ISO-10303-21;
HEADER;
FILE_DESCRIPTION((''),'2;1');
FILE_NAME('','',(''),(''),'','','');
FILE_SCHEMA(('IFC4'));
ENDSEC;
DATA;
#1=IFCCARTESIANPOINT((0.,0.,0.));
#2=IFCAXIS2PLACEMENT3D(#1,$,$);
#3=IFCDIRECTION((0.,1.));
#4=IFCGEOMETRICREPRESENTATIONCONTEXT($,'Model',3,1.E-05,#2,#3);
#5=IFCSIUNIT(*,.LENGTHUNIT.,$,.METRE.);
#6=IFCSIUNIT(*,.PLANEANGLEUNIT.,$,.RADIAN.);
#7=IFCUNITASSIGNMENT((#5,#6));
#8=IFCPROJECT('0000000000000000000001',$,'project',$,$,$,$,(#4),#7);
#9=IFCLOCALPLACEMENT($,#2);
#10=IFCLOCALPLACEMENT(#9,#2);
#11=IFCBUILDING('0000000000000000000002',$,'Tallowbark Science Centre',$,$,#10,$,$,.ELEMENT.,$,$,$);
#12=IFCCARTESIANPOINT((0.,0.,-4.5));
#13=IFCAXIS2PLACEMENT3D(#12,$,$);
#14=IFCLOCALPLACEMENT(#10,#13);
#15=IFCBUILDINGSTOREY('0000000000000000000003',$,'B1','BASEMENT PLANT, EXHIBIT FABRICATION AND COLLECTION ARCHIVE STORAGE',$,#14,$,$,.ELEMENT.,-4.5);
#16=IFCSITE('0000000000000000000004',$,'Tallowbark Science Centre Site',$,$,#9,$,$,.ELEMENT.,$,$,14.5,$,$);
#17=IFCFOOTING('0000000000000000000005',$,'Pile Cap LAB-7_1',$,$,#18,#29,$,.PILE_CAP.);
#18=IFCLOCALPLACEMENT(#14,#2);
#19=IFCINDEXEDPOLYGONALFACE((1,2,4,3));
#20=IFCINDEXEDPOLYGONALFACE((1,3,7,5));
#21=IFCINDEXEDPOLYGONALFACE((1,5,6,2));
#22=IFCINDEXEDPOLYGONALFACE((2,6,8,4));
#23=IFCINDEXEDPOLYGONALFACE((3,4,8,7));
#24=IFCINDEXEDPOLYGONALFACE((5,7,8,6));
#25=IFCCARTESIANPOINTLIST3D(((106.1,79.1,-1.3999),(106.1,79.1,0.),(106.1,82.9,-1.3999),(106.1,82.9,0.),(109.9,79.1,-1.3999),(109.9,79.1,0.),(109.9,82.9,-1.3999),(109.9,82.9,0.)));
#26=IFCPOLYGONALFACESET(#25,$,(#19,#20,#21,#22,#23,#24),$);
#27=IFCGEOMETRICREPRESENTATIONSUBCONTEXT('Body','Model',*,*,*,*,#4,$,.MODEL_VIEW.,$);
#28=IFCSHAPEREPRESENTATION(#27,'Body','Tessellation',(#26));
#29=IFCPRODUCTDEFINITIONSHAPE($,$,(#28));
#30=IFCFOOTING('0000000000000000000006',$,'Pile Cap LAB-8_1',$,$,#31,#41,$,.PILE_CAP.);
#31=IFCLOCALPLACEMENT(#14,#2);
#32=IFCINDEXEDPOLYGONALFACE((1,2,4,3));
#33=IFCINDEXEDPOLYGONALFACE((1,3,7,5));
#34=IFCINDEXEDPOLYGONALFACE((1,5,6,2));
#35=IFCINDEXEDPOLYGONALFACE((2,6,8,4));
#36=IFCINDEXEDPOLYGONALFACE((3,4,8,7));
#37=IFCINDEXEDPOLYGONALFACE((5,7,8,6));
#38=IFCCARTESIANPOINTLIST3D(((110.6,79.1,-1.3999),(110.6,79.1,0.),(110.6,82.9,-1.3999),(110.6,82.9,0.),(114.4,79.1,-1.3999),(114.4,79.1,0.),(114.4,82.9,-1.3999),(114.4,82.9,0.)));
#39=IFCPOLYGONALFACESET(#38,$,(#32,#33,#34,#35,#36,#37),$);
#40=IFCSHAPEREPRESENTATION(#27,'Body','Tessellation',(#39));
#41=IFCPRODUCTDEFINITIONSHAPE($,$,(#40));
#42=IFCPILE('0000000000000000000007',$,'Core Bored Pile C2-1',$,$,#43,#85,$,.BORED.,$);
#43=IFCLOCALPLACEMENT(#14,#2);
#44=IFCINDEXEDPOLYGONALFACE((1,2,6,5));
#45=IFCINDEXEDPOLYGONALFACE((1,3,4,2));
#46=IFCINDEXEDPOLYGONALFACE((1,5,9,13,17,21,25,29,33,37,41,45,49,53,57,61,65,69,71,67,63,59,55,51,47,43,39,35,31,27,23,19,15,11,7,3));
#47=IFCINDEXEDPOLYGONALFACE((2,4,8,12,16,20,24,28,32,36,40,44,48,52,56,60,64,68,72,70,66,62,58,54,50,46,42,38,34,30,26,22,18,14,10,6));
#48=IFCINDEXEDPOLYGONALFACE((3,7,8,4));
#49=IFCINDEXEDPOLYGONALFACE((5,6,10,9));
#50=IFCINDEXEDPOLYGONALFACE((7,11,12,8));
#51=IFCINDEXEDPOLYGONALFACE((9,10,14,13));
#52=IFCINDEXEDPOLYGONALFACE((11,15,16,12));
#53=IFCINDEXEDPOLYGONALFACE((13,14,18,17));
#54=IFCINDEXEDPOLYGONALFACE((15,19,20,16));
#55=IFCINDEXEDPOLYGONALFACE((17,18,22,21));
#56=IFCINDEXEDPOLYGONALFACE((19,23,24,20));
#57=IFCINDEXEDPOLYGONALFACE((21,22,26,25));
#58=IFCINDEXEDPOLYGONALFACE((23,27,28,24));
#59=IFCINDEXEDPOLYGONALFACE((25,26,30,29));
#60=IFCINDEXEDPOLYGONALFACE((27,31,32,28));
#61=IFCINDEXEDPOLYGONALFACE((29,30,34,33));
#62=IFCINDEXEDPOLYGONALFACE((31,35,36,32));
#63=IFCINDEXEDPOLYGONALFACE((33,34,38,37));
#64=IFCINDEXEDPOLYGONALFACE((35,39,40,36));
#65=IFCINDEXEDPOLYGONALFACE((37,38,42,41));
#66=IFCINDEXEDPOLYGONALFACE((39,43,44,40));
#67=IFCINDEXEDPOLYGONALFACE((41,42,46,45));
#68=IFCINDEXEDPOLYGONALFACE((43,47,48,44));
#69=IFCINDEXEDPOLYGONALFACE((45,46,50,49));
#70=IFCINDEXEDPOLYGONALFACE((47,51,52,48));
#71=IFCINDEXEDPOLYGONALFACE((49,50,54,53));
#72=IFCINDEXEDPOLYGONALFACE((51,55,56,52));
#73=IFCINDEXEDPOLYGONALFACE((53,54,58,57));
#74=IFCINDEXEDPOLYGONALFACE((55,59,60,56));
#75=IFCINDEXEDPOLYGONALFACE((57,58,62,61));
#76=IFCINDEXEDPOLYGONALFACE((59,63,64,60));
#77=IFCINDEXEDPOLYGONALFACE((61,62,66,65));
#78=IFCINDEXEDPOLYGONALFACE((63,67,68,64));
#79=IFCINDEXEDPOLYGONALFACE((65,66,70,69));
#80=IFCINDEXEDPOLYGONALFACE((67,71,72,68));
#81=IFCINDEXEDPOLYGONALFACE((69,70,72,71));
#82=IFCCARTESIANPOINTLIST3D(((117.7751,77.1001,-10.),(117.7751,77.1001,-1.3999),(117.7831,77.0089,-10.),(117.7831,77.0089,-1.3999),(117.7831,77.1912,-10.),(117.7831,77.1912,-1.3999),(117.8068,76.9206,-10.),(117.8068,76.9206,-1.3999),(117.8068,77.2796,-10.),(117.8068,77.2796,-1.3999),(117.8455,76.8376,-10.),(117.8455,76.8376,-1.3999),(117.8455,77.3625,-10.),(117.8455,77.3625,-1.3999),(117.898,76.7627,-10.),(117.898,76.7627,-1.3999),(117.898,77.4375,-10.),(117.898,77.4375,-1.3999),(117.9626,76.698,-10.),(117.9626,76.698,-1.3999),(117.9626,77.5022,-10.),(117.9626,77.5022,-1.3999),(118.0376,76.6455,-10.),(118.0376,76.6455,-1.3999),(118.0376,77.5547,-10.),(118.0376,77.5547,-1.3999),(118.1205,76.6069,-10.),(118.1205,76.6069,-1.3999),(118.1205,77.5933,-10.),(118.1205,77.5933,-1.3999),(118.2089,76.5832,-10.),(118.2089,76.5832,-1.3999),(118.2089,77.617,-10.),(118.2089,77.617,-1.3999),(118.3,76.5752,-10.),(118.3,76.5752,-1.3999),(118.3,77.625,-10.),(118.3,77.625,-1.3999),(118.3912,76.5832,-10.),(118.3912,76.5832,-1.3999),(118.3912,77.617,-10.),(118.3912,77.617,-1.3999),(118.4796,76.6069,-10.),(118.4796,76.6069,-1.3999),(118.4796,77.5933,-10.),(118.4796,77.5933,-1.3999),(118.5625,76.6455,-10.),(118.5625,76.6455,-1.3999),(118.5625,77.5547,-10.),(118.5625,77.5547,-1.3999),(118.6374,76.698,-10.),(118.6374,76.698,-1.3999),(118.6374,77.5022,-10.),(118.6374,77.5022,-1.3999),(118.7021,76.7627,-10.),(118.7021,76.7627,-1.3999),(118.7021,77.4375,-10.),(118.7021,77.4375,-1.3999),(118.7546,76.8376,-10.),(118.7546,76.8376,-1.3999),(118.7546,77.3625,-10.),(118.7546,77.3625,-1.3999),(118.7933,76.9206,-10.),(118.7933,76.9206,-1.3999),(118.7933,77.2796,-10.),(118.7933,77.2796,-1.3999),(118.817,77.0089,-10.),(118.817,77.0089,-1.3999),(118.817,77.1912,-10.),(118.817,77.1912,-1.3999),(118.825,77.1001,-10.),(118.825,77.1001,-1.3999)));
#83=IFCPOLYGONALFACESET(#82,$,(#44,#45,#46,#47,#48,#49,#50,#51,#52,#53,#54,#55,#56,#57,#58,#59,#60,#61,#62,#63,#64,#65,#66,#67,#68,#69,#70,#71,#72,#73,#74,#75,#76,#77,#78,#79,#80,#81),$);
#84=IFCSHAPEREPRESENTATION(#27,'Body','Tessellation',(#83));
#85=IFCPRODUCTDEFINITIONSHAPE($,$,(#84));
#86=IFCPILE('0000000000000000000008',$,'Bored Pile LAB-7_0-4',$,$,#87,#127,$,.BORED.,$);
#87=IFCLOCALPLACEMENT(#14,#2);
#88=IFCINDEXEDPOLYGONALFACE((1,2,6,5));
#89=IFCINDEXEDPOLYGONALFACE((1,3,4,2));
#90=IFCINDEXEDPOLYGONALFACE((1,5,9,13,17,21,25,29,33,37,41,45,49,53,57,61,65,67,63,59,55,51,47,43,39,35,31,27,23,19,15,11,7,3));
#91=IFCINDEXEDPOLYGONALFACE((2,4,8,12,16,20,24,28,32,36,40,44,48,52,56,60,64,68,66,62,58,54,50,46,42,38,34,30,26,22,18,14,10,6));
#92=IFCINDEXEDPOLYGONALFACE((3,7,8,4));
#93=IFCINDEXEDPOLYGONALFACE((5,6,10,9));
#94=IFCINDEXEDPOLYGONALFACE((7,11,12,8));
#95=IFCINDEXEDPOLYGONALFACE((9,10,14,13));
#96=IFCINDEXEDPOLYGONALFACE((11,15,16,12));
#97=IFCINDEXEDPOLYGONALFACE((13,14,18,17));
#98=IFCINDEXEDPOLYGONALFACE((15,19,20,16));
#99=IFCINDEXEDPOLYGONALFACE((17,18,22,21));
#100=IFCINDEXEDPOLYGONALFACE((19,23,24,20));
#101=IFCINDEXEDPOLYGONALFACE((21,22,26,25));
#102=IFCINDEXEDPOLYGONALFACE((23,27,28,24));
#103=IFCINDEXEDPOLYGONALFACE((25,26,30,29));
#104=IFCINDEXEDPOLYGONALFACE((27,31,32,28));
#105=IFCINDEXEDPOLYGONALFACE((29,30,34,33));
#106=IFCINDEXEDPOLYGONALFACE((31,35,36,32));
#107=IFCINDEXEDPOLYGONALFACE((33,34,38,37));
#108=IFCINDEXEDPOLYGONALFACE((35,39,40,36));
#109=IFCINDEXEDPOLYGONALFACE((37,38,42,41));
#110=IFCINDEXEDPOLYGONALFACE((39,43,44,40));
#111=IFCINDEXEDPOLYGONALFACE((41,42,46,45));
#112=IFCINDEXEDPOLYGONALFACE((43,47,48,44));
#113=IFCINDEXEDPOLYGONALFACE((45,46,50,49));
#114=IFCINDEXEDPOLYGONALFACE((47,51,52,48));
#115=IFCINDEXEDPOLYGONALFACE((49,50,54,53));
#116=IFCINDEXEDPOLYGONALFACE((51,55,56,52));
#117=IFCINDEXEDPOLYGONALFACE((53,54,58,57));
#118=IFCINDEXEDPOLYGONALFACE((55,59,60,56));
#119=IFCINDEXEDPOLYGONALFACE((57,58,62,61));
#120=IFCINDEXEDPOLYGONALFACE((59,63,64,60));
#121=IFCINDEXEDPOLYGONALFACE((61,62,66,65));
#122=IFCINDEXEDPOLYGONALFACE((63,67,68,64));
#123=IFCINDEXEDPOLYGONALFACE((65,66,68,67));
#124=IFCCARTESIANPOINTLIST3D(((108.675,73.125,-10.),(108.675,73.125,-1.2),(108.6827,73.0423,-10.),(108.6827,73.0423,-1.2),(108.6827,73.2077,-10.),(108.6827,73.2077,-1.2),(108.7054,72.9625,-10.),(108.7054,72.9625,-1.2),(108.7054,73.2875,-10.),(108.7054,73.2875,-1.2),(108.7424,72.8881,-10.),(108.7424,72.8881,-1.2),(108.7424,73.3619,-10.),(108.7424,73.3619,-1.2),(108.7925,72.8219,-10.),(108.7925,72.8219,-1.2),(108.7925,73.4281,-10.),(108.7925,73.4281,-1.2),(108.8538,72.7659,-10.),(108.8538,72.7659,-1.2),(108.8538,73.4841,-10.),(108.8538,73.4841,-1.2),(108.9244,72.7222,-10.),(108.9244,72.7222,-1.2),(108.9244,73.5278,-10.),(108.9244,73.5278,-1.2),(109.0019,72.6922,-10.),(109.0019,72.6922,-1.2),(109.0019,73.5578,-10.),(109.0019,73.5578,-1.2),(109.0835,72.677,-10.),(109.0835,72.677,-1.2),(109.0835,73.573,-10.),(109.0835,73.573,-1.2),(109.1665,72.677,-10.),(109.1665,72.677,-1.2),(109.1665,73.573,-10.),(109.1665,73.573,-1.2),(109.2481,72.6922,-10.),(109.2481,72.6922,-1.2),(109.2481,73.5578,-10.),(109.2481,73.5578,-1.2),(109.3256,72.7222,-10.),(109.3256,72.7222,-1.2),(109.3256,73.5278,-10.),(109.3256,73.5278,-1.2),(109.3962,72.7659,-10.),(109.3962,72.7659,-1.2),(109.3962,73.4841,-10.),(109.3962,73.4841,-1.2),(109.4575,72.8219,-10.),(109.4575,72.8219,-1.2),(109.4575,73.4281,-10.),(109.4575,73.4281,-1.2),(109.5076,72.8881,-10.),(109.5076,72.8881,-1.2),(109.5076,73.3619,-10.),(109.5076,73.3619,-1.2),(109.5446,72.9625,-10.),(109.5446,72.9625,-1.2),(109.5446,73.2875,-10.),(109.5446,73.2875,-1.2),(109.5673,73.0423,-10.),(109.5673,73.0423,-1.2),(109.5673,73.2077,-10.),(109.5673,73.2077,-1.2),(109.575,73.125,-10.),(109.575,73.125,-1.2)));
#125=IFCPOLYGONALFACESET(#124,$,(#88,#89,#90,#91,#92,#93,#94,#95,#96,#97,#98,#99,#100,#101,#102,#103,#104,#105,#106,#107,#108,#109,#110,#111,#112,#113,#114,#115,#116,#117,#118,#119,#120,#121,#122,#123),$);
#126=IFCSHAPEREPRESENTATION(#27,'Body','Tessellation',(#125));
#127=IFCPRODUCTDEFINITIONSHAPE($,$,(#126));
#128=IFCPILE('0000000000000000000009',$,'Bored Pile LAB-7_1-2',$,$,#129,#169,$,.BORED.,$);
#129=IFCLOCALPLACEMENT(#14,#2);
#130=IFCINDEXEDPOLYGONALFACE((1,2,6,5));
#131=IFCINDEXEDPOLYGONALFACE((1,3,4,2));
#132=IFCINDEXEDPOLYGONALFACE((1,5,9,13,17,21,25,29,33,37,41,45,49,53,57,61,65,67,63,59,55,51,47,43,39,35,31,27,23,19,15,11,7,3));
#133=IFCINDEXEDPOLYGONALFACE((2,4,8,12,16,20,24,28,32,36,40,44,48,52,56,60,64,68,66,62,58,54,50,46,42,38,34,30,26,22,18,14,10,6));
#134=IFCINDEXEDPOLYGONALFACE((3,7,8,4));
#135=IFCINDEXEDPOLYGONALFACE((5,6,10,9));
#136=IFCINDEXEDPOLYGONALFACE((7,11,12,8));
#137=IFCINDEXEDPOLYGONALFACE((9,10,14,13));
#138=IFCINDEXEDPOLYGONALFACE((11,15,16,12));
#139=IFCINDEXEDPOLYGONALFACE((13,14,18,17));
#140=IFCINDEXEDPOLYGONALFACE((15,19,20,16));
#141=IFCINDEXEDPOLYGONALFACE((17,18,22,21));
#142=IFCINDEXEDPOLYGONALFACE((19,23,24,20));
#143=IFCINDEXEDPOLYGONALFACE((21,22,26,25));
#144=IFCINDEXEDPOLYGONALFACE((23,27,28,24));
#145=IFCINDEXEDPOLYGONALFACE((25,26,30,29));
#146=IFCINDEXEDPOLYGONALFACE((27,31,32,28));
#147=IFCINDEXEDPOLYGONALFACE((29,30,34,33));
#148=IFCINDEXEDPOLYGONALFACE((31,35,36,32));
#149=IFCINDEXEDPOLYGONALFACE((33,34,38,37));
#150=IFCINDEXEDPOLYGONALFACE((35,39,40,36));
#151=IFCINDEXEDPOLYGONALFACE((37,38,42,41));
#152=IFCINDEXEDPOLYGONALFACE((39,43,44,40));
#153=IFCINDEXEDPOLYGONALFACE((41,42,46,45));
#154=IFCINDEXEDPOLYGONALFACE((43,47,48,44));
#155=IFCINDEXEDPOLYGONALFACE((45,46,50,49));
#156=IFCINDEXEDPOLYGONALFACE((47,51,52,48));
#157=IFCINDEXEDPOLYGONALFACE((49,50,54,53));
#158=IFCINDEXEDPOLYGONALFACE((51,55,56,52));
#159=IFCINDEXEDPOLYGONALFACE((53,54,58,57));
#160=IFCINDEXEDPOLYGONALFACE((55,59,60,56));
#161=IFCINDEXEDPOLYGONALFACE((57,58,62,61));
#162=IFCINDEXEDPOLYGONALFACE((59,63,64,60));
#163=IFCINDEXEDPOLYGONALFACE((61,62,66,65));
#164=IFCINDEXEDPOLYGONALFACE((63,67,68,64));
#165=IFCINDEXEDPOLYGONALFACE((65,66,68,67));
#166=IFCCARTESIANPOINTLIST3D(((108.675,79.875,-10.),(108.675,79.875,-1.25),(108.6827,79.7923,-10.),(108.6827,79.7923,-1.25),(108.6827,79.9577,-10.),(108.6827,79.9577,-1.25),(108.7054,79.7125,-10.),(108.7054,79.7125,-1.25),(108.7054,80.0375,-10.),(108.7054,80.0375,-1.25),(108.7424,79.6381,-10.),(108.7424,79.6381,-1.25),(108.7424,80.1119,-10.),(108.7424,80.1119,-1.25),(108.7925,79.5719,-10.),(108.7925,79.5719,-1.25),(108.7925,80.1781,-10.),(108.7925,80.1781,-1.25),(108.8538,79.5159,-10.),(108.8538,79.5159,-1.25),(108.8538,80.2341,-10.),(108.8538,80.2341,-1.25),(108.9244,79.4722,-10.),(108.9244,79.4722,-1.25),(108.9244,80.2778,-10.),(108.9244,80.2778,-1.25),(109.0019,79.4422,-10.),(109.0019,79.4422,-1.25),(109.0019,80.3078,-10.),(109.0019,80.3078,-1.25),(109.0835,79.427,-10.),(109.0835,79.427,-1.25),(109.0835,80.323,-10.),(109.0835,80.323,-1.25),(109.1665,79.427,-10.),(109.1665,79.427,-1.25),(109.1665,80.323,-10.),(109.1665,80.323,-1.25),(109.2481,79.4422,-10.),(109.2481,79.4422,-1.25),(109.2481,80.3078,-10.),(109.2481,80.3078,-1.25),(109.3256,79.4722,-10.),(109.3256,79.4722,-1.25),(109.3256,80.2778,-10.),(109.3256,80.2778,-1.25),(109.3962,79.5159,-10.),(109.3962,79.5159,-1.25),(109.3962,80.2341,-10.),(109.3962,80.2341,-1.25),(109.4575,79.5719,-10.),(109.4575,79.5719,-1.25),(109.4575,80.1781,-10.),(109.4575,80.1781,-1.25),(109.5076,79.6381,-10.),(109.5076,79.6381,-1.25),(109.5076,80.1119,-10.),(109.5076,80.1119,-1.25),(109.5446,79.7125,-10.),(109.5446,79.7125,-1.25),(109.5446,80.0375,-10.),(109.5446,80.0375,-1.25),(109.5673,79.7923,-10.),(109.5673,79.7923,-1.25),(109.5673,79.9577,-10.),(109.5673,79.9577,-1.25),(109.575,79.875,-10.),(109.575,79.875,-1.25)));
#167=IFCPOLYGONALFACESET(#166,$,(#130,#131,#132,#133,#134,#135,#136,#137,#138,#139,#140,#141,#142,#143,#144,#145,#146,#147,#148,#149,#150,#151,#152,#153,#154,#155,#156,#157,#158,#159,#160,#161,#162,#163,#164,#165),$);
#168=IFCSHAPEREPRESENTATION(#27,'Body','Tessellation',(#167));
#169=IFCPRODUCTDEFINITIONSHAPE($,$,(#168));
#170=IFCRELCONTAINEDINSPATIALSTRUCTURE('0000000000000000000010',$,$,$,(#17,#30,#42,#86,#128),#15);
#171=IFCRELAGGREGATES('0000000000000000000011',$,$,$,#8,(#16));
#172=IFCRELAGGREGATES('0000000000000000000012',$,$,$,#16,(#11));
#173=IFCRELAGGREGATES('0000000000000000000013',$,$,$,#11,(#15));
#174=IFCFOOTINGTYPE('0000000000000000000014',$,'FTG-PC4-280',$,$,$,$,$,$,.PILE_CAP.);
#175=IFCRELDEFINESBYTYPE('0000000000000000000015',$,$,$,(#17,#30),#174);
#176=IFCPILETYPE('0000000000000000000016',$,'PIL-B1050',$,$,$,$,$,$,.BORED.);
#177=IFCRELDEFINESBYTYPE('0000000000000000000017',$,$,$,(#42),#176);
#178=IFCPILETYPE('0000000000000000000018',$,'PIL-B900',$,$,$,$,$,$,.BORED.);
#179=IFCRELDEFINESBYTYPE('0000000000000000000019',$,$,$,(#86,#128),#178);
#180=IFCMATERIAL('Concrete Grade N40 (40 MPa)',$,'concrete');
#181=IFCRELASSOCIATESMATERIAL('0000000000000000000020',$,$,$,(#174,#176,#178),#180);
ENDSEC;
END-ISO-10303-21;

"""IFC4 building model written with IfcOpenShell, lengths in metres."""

from ifc_helpers import new_model, si_unit, direction, frame, origin, origin_2d, place, context, subcontext, project, spatial, rectangle, circle, extrude, material, material_profile, profile_set, type_object, element, save


model = new_model("IFC4")

# Units and contexts
model_context = context("Model", 3, precision=1e-05, world=origin(), true_north=direction((0.0, 1.0)))
body_context = subcontext(model_context, "Body", "Model", "MODEL_VIEW")
ifc_project = project(units=[si_unit("LENGTHUNIT", "METRE"), si_unit("PLANEANGLEUNIT", "RADIAN")], contexts=[model_context])

# Site, building, storey
site_placement = place(None, origin())
site = spatial("IfcSite", under=ifc_project, at=site_placement, Name="Tallowbark Science Centre Site", CompositionType="ELEMENT", RefElevation=14.5)
building_placement = place(site_placement, origin())
building = spatial("IfcBuilding", under=site, at=building_placement, Name="Tallowbark Science Centre", CompositionType="ELEMENT")
storey_placement = place(building_placement, frame((0.0, 0.0, -4.5)))
storey = spatial("IfcBuildingStorey", under=building, at=storey_placement, Name="B1", Description="BASEMENT PLANT, EXHIBIT FABRICATION AND COLLECTION ARCHIVE STORAGE", CompositionType="ELEMENT", Elevation=-4.5)

# Footings
ifc_material_1 = material(Name="Concrete Grade N40 (40 MPa)", Category="concrete")
footing_type = type_object("IfcFootingType", Name="FTG-PC4-280", PredefinedType="PILE_CAP", material=ifc_material_1)
for number, where, z_axis, x_axis, name in (
    (1, (108.0, 81.0, -1.3999), (0.0, 0.0, 1.0), (1.0, 0.0, 0.0), "Pile Cap LAB-7_1"),
    (2, (112.5, 81.0, -1.3999), (0.0, 0.0, 1.0), (1.0, 0.0, 0.0), "Pile Cap LAB-8_1"),
):
    element("IfcFooting", number, at=place(storey_placement, frame(where, z_axis=z_axis, x_axis=x_axis)), inside=storey, type_object=footing_type, Name=name, PredefinedType="PILE_CAP", context=body_context, shape_type="SweptSolid", body=[
        extrude(rectangle(XDim=3.8, YDim=3.8, at=origin_2d()), origin(), (0.0, 0.0, 1.0), 1.3999),
    ])

# Piles
ifc_material_profile_1 = material_profile(ifc_material_1, circle(Radius=0.5249, at=origin_2d()), Name="PILE1050")
ifc_profile_set_1 = profile_set([ifc_material_profile_1], Name="Concrete Grade N40 (40 MPa)")
pile_type_1 = type_object("IfcPileType", Name="PIL-B1050", PredefinedType="BORED", material=ifc_profile_set_1)
pile_1_placement = place(storey_placement, frame((118.3, 77.1001, -1.3999), z_axis=(0.0, 0.0, -1.0), x_axis=(1.0, 0.0, 0.0)))
element("IfcPile", 3, at=pile_1_placement, inside=storey, type_object=pile_type_1, Name="Core Bored Pile C2-1", PredefinedType="BORED", context=body_context, shape_type="SweptSolid", body=[
    extrude(circle(Radius=0.5249, at=origin_2d()), origin(), (0.0, 0.0, 1.0), 8.6001),
])
ifc_material_profile_2 = material_profile(ifc_material_1, circle(Radius=0.45, at=origin_2d()), Name="PILE900")
ifc_profile_set_2 = profile_set([ifc_material_profile_2], Name="Concrete Grade N40 (40 MPa)")
pile_type_2 = type_object("IfcPileType", Name="PIL-B900", PredefinedType="BORED", material=ifc_profile_set_2)
pile_2_placement = place(storey_placement, frame((109.125, 73.125, -1.2), z_axis=(0.0, 0.0, -1.0), x_axis=(1.0, 0.0, 0.0)))
element("IfcPile", 4, at=pile_2_placement, inside=storey, type_object=pile_type_2, Name="Bored Pile LAB-7_0-4", PredefinedType="BORED", context=body_context, shape_type="SweptSolid", body=[
    extrude(circle(Radius=0.45, at=origin_2d()), origin(), (0.0, 0.0, 1.0), 8.8),
])
pile_3_placement = place(storey_placement, frame((109.125, 79.875, -1.25), z_axis=(0.0, 0.0, -1.0), x_axis=(1.0, 0.0, 0.0)))
element("IfcPile", 5, at=pile_3_placement, inside=storey, type_object=pile_type_2, Name="Bored Pile LAB-7_1-2", PredefinedType="BORED", context=body_context, shape_type="SweptSolid", body=[
    extrude(circle(Radius=0.45, at=origin_2d()), origin(), (0.0, 0.0, 1.0), 8.75),
])

save(model, "model.ifc")
